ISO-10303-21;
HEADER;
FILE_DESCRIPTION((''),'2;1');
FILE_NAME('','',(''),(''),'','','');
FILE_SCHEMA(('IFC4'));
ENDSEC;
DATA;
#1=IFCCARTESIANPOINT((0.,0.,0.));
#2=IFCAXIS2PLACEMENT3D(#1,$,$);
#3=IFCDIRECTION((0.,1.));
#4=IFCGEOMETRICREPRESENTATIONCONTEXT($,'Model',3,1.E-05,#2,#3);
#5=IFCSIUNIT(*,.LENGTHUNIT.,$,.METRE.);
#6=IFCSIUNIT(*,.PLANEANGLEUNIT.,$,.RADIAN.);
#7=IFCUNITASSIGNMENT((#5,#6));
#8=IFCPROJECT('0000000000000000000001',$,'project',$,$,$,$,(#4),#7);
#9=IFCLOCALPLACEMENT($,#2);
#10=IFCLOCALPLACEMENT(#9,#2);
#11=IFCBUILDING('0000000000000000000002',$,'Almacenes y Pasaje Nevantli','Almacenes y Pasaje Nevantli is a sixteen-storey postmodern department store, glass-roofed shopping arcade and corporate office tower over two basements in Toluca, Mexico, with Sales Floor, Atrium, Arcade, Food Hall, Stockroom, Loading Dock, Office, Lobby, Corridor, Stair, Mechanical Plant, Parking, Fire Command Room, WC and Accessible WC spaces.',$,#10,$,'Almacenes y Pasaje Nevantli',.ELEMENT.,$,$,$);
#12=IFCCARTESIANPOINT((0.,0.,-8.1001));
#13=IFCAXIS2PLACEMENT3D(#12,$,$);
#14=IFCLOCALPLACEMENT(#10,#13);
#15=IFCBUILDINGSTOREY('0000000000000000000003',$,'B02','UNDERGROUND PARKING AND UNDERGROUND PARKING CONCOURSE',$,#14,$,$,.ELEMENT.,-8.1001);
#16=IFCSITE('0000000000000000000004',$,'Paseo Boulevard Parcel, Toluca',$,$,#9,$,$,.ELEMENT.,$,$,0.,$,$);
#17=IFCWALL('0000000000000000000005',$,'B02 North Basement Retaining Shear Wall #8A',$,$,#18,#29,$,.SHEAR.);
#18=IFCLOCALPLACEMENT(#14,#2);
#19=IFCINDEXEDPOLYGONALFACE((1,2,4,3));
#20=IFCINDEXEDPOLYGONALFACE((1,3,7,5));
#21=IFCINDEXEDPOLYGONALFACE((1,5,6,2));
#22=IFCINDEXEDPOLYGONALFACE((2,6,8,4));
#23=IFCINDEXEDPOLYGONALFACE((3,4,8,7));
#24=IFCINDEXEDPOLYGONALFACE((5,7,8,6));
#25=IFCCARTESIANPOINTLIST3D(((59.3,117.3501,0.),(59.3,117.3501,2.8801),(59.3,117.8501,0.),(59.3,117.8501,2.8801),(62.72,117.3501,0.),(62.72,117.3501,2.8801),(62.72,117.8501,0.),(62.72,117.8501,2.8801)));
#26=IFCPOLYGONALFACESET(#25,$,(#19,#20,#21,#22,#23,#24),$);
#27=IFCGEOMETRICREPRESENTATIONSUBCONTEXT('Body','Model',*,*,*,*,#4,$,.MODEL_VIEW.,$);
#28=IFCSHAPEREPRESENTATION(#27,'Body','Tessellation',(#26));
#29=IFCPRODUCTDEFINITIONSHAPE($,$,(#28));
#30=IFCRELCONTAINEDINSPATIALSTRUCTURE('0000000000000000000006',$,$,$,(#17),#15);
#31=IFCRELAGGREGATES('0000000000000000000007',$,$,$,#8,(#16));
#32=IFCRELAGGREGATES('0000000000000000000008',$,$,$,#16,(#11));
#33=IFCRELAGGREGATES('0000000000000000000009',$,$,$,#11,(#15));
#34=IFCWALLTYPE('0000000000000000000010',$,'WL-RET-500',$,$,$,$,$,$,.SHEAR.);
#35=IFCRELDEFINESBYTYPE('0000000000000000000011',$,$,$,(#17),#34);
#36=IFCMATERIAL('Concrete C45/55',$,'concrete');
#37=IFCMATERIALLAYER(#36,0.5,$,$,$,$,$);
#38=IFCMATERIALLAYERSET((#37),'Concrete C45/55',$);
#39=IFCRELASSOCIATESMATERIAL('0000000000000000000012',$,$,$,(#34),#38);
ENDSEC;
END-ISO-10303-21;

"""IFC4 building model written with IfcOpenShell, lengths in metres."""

from ifc_helpers import new_model, si_unit, direction, frame, frame_2d, origin, place, context, subcontext, project, spatial, rectangle, extrude, material, layer, layer_set, type_object, element, save


model = new_model("IFC4")

# Units and contexts
model_context = context("Model", 3, precision=1e-05, world=origin(), true_north=direction((0.0, 1.0)))
body_context = subcontext(model_context, "Body", "Model", "MODEL_VIEW")
ifc_project = project(units=[si_unit("LENGTHUNIT", "METRE"), si_unit("PLANEANGLEUNIT", "RADIAN")], contexts=[model_context])

# Site, building, storey
site_placement = place(None, origin())
site = spatial("IfcSite", under=ifc_project, at=site_placement, Name="Paseo Boulevard Parcel, Toluca", CompositionType="ELEMENT", RefElevation=0.0)
building_placement = place(site_placement, origin())
building = spatial("IfcBuilding", under=site, at=building_placement, Name="Almacenes y Pasaje Nevantli", Description="Almacenes y Pasaje Nevantli is a sixteen-storey postmodern department store, glass-roofed shopping arcade and corporate office tower over two basements in Toluca, Mexico, with Sales Floor, Atrium, Arcade, Food Hall, Stockroom, Loading Dock, Office, Lobby, Corridor, Stair, Mechanical Plant, Parking, Fire Command Room, WC and Accessible WC spaces.", LongName="Almacenes y Pasaje Nevantli", CompositionType="ELEMENT")
storey_placement = place(building_placement, frame((0.0, 0.0, -8.1001)))
storey = spatial("IfcBuildingStorey", under=building, at=storey_placement, Name="B02", Description="UNDERGROUND PARKING AND UNDERGROUND PARKING CONCOURSE", CompositionType="ELEMENT", Elevation=-8.1001)

# Wall
ifc_material_1 = material(Name="Concrete C45/55", Category="concrete")
ifc_layer_1 = layer(ifc_material_1, 0.5)
ifc_layer_set_1 = layer_set([ifc_layer_1], Name="Concrete C45/55")
wall_type = type_object("IfcWallType", Name="WL-RET-500", PredefinedType="SHEAR", material=ifc_layer_set_1)
wall_placement = place(storey_placement, frame((59.3, 117.6001, 0.0), z_axis=(0.0, 0.0, 1.0), x_axis=(1.0, 0.0, 0.0)))
element("IfcWall", 1, at=wall_placement, inside=storey, type_object=wall_type, Name="B02 North Basement Retaining Shear Wall #8A", PredefinedType="SHEAR", context=body_context, shape_type="SweptSolid", body=[
    extrude(rectangle(XDim=3.4199, YDim=0.5, at=frame_2d((1.71, 0.0))), origin(), (0.0, 0.0, 1.0), 2.8801),
])

save(model, "model.ifc")
